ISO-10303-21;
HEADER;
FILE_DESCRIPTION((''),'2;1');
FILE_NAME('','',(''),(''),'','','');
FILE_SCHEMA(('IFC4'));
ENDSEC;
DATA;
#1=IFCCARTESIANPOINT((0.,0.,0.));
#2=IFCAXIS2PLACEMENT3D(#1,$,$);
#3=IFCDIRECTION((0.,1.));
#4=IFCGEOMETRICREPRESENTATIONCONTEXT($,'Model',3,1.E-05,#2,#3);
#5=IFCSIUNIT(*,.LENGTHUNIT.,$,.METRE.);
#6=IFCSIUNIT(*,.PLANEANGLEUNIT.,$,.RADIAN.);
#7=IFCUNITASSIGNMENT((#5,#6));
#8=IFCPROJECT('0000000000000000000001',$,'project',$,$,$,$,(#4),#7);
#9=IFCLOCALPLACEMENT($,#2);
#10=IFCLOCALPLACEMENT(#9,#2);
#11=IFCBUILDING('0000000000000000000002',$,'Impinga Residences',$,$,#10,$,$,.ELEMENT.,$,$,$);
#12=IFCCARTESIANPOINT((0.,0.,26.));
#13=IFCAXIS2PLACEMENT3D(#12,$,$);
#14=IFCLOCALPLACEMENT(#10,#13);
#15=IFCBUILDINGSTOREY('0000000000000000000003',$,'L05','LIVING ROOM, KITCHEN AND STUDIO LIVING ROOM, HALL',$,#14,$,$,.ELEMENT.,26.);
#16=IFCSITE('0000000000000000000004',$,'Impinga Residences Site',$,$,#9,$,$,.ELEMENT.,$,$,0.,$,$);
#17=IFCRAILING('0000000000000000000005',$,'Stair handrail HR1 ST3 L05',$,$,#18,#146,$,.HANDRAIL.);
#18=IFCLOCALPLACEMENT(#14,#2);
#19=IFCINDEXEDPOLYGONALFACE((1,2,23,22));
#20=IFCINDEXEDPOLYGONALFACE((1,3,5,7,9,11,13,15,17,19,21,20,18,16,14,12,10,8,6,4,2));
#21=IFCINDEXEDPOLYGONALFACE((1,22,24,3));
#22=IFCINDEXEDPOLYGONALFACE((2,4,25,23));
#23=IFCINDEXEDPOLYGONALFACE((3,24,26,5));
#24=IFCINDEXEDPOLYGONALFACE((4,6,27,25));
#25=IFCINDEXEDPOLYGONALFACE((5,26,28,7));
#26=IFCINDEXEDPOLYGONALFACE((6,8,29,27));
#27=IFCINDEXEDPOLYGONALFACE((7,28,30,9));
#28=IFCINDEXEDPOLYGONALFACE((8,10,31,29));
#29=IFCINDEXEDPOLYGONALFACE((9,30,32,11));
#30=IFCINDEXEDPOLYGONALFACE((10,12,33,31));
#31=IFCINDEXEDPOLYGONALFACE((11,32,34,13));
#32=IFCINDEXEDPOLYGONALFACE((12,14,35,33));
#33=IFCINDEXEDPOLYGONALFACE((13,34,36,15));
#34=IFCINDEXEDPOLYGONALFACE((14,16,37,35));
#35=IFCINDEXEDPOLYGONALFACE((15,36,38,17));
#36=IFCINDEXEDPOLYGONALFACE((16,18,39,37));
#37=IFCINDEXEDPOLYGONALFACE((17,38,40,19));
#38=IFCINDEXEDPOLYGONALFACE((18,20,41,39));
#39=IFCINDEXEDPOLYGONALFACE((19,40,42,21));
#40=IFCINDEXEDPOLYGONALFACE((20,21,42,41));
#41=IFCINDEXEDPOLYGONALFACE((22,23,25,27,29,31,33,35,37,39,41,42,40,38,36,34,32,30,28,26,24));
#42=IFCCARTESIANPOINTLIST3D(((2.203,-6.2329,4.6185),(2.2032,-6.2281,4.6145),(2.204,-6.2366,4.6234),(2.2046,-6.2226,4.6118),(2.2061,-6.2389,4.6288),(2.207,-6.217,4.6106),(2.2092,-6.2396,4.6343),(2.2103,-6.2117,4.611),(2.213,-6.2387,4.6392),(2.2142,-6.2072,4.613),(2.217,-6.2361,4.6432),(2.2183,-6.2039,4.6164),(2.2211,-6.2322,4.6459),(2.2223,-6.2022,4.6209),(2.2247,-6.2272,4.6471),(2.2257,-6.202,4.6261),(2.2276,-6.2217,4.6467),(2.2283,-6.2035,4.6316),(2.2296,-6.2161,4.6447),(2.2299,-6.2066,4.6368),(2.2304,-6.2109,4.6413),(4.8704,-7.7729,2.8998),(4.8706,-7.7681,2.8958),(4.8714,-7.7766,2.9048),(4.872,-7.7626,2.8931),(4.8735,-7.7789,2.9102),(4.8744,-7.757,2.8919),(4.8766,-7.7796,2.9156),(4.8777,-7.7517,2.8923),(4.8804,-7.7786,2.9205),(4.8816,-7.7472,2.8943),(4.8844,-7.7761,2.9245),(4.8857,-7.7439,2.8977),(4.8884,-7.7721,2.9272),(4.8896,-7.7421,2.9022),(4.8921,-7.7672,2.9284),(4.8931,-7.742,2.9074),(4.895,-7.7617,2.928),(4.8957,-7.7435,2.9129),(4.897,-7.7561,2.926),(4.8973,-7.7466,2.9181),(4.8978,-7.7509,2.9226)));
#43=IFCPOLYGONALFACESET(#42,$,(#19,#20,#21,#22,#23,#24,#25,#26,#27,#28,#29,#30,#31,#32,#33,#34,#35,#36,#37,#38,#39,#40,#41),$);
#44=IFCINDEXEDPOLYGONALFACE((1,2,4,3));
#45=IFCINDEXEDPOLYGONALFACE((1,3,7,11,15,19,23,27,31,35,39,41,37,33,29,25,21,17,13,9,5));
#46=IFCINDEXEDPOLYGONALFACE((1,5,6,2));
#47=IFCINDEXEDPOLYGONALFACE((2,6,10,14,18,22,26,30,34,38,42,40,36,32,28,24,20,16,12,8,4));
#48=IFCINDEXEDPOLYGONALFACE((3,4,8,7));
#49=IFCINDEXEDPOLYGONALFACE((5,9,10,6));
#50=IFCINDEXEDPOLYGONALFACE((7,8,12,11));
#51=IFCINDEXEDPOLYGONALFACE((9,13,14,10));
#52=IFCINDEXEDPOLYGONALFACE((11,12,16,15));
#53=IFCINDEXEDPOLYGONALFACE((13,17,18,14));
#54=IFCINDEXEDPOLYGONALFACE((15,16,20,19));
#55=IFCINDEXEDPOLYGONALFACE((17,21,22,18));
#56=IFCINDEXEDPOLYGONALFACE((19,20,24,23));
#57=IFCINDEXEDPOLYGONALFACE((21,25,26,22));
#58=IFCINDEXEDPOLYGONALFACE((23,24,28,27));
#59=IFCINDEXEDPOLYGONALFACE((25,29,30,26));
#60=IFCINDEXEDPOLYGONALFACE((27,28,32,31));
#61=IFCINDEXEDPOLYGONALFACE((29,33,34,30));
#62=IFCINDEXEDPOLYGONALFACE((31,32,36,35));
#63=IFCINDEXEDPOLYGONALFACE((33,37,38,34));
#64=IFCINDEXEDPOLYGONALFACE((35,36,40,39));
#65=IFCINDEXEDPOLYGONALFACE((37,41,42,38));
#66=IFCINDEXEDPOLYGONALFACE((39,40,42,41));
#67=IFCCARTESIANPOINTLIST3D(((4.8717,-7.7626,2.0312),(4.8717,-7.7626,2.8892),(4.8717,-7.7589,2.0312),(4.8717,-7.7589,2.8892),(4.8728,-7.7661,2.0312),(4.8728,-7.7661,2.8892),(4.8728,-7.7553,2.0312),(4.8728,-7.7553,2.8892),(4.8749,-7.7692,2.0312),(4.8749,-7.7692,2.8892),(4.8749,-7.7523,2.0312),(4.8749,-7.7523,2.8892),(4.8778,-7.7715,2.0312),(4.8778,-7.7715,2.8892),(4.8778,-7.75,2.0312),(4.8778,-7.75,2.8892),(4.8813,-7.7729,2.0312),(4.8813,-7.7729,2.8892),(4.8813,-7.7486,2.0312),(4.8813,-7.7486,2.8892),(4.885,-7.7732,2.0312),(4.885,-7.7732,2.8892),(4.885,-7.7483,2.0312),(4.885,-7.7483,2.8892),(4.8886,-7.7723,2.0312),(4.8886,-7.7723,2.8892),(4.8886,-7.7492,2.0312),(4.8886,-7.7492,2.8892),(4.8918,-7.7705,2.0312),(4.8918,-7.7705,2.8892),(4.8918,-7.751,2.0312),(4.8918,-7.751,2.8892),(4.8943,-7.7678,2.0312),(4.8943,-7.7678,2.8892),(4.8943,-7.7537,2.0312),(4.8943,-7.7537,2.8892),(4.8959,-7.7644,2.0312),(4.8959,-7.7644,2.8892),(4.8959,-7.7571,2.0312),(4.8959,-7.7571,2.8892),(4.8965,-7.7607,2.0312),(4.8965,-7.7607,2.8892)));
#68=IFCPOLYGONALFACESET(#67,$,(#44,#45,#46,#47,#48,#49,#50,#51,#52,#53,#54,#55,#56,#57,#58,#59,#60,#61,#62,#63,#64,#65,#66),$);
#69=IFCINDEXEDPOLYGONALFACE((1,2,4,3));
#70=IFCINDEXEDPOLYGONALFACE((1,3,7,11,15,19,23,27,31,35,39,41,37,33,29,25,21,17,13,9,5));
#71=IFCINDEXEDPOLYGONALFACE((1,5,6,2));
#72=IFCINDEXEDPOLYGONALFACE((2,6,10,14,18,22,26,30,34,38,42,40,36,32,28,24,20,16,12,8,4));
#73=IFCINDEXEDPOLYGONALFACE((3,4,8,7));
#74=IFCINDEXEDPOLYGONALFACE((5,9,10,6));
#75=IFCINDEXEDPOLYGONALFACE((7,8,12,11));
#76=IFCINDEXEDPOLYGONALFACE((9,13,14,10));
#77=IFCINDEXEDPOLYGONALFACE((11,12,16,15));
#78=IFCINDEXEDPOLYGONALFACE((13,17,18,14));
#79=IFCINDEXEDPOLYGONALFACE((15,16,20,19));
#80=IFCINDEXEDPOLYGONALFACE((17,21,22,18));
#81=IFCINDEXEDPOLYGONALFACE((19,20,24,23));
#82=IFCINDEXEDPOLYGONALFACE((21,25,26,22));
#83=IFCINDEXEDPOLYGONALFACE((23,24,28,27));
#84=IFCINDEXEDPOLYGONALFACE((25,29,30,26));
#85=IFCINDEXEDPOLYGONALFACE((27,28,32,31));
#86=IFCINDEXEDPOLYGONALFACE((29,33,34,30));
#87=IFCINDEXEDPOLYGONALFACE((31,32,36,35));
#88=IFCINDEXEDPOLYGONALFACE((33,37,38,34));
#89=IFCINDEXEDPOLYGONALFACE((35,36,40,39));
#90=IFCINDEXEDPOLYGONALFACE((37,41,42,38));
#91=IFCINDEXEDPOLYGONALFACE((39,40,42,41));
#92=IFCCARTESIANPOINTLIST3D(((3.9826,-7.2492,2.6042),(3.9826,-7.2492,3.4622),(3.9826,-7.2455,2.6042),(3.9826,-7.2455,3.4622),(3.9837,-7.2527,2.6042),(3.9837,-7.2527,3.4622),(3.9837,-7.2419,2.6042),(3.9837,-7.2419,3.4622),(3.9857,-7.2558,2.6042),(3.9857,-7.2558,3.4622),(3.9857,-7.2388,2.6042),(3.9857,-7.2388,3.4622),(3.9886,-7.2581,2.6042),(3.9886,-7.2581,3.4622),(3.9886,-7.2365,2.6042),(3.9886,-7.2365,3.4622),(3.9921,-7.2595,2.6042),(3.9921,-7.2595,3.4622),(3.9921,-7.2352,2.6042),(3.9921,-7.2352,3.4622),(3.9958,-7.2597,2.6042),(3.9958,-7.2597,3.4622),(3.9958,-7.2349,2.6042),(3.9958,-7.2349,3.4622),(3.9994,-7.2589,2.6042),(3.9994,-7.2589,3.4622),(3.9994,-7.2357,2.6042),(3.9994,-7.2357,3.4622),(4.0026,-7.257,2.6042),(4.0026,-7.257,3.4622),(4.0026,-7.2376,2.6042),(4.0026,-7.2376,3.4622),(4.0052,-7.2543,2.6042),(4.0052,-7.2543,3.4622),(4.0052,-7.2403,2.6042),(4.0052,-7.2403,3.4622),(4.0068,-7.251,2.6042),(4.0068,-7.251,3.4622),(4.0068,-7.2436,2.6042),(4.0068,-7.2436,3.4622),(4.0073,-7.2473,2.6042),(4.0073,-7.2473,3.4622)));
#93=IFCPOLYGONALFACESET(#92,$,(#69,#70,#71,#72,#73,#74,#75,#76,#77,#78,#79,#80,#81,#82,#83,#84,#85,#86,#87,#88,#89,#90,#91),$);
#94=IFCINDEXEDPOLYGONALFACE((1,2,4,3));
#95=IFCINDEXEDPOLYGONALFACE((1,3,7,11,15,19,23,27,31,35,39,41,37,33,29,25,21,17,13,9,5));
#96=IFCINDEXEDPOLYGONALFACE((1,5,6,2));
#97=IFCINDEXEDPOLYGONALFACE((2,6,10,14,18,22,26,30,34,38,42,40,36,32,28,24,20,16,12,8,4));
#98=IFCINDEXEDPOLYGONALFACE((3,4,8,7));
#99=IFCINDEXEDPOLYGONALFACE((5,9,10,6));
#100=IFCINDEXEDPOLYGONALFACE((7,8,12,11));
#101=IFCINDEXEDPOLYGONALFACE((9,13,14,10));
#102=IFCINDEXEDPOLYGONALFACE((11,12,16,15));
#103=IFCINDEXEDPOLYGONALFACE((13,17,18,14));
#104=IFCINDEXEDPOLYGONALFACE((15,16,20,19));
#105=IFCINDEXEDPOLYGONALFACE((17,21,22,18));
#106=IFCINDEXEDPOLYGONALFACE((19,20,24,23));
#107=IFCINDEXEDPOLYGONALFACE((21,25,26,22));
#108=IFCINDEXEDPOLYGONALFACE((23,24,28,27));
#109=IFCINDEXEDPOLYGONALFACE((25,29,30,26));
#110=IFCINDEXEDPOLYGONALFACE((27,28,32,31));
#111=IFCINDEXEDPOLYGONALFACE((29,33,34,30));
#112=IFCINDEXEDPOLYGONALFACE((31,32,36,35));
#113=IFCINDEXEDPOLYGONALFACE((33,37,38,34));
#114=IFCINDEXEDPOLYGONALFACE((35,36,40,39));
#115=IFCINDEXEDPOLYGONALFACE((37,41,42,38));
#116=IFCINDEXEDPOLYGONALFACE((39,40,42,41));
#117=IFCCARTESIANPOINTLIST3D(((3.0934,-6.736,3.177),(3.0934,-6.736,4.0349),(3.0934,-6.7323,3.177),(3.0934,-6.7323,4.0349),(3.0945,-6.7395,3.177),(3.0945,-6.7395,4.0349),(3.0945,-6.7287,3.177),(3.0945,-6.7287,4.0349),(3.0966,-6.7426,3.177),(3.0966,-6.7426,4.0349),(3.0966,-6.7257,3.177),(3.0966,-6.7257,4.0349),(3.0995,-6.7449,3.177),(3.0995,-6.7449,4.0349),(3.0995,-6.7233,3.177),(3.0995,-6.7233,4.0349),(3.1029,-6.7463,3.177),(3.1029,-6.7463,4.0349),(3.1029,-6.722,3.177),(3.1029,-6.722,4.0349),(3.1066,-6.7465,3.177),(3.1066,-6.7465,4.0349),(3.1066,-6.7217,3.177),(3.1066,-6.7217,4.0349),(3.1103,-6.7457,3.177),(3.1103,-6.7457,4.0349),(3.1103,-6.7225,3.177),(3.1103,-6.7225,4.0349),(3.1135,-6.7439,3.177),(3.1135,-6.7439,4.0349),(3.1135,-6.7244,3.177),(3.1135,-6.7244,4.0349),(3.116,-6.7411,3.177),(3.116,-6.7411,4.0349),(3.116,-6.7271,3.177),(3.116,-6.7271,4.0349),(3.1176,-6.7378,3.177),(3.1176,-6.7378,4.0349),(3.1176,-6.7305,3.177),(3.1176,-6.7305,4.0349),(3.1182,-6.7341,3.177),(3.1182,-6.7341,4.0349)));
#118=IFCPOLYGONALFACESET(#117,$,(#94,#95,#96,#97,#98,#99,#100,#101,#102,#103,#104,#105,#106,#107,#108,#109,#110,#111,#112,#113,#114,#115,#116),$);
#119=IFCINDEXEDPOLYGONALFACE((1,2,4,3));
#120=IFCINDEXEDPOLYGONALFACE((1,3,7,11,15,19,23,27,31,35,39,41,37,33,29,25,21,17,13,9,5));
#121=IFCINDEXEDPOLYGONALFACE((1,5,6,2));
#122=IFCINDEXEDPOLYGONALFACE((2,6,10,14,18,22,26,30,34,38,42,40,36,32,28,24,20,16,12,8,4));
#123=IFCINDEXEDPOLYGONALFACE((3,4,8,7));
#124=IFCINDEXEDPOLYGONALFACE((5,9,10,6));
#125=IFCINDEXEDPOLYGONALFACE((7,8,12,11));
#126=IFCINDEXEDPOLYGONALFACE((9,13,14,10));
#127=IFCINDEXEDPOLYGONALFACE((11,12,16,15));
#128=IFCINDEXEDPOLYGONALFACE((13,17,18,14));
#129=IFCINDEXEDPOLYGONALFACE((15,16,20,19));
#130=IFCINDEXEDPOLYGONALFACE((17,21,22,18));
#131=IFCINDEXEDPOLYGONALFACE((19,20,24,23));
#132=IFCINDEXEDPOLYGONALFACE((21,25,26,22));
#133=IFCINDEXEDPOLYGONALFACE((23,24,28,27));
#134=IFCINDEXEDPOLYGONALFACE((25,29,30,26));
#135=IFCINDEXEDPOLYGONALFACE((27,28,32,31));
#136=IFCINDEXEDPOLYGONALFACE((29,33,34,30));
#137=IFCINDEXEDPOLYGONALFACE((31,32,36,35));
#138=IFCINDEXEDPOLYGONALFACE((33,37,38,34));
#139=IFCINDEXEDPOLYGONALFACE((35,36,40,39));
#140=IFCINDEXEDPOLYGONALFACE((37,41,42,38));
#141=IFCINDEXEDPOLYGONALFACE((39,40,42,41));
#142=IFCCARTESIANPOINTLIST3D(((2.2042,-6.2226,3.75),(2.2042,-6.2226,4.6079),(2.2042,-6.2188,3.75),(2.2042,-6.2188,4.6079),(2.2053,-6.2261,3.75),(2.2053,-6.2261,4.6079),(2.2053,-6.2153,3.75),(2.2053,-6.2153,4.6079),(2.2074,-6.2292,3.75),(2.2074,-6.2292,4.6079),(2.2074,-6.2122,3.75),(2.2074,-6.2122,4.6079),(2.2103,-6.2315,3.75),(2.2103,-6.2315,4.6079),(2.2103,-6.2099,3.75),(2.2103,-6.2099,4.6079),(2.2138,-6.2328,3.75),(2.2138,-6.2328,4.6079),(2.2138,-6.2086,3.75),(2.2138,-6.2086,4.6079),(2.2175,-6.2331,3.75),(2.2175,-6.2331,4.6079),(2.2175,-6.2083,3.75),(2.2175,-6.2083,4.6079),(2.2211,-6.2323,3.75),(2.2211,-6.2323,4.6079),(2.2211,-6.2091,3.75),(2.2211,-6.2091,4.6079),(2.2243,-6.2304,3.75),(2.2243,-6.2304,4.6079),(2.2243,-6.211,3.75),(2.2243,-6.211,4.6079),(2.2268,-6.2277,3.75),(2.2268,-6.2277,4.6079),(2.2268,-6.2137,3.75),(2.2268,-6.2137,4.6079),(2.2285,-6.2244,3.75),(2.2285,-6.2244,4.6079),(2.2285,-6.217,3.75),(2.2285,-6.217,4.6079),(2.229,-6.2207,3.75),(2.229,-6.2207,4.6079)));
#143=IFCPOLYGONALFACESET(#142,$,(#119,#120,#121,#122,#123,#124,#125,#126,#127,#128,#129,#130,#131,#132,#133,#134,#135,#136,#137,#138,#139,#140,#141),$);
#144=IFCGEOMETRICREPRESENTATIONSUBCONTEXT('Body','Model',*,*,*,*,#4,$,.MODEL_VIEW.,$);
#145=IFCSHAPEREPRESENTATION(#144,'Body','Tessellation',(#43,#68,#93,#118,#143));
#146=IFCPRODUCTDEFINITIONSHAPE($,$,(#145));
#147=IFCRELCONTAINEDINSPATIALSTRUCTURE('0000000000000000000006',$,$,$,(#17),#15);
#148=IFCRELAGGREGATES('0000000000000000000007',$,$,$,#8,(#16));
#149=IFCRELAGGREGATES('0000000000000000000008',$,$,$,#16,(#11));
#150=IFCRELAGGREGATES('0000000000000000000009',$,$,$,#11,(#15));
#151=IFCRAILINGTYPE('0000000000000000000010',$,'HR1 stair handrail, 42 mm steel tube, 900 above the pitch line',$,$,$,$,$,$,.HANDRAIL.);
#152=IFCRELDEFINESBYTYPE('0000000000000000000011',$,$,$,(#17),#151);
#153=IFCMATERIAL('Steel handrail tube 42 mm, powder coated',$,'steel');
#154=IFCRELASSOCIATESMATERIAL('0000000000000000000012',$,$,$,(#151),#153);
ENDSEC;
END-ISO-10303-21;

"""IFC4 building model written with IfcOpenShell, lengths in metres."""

from ifc_helpers import new_model, si_unit, direction, frame, origin, origin_2d, place, context, subcontext, project, spatial, circle, extrude, material, type_object, element, save


model = new_model("IFC4")

# Units and contexts
model_context = context("Model", 3, precision=1e-05, world=origin(), true_north=direction((0.0, 1.0)))
body_context = subcontext(model_context, "Body", "Model", "MODEL_VIEW")
ifc_project = project(units=[si_unit("LENGTHUNIT", "METRE"), si_unit("PLANEANGLEUNIT", "RADIAN")], contexts=[model_context])

# Site, building, storey
site_placement = place(None, origin())
site = spatial("IfcSite", under=ifc_project, at=site_placement, Name="Impinga Residences Site", CompositionType="ELEMENT", RefElevation=0.0)
building_placement = place(site_placement, origin())
building = spatial("IfcBuilding", under=site, at=building_placement, Name="Impinga Residences", CompositionType="ELEMENT")
storey_placement = place(building_placement, frame((0.0, 0.0, 26.0)))
storey = spatial("IfcBuildingStorey", under=building, at=storey_placement, Name="L05", Description="LIVING ROOM, KITCHEN AND STUDIO LIVING ROOM, HALL", CompositionType="ELEMENT", Elevation=26.0)

# Railing
ifc_material_1 = material(Name="Steel handrail tube 42 mm, powder coated", Category="steel")
railing_type_1 = type_object("IfcRailingType", Name="HR1 stair handrail, 42 mm steel tube, 900 above the pitch line", PredefinedType="HANDRAIL", material=ifc_material_1)
railing_1_placement = place(storey_placement, frame((4.884, -7.7607, 2.0312)))
element("IfcRailing", 1, at=railing_1_placement, inside=storey, type_object=railing_type_1, Name="Stair handrail HR1 ST3 L05", PredefinedType="HANDRAIL", context=body_context, shape_type="SweptSolid", body=[
    extrude(circle(Radius=0.021, at=origin_2d()), frame((0.0, 0.0, 0.8789), z_axis=(-0.756256, 0.436616, 0.487282), x_axis=(-0.499992, -0.86603, 0.0)), (0.0, 0.0, 1.0), 3.5271),
    extrude(circle(Radius=0.0125, at=origin_2d()), origin(), (0.0, 0.0, 1.0), 0.8579),
    extrude(circle(Radius=0.0125, at=origin_2d()), frame((-0.8892, 0.5134, 0.573)), (0.0, 0.0, 1.0), 0.8579),
    extrude(circle(Radius=0.0125, at=origin_2d()), frame((-1.7783, 1.0266, 1.1458)), (0.0, 0.0, 1.0), 0.8579),
    extrude(circle(Radius=0.0125, at=origin_2d()), frame((-2.6675, 1.54, 1.7188)), (0.0, 0.0, 1.0), 0.8579),
])

save(model, "model.ifc")
